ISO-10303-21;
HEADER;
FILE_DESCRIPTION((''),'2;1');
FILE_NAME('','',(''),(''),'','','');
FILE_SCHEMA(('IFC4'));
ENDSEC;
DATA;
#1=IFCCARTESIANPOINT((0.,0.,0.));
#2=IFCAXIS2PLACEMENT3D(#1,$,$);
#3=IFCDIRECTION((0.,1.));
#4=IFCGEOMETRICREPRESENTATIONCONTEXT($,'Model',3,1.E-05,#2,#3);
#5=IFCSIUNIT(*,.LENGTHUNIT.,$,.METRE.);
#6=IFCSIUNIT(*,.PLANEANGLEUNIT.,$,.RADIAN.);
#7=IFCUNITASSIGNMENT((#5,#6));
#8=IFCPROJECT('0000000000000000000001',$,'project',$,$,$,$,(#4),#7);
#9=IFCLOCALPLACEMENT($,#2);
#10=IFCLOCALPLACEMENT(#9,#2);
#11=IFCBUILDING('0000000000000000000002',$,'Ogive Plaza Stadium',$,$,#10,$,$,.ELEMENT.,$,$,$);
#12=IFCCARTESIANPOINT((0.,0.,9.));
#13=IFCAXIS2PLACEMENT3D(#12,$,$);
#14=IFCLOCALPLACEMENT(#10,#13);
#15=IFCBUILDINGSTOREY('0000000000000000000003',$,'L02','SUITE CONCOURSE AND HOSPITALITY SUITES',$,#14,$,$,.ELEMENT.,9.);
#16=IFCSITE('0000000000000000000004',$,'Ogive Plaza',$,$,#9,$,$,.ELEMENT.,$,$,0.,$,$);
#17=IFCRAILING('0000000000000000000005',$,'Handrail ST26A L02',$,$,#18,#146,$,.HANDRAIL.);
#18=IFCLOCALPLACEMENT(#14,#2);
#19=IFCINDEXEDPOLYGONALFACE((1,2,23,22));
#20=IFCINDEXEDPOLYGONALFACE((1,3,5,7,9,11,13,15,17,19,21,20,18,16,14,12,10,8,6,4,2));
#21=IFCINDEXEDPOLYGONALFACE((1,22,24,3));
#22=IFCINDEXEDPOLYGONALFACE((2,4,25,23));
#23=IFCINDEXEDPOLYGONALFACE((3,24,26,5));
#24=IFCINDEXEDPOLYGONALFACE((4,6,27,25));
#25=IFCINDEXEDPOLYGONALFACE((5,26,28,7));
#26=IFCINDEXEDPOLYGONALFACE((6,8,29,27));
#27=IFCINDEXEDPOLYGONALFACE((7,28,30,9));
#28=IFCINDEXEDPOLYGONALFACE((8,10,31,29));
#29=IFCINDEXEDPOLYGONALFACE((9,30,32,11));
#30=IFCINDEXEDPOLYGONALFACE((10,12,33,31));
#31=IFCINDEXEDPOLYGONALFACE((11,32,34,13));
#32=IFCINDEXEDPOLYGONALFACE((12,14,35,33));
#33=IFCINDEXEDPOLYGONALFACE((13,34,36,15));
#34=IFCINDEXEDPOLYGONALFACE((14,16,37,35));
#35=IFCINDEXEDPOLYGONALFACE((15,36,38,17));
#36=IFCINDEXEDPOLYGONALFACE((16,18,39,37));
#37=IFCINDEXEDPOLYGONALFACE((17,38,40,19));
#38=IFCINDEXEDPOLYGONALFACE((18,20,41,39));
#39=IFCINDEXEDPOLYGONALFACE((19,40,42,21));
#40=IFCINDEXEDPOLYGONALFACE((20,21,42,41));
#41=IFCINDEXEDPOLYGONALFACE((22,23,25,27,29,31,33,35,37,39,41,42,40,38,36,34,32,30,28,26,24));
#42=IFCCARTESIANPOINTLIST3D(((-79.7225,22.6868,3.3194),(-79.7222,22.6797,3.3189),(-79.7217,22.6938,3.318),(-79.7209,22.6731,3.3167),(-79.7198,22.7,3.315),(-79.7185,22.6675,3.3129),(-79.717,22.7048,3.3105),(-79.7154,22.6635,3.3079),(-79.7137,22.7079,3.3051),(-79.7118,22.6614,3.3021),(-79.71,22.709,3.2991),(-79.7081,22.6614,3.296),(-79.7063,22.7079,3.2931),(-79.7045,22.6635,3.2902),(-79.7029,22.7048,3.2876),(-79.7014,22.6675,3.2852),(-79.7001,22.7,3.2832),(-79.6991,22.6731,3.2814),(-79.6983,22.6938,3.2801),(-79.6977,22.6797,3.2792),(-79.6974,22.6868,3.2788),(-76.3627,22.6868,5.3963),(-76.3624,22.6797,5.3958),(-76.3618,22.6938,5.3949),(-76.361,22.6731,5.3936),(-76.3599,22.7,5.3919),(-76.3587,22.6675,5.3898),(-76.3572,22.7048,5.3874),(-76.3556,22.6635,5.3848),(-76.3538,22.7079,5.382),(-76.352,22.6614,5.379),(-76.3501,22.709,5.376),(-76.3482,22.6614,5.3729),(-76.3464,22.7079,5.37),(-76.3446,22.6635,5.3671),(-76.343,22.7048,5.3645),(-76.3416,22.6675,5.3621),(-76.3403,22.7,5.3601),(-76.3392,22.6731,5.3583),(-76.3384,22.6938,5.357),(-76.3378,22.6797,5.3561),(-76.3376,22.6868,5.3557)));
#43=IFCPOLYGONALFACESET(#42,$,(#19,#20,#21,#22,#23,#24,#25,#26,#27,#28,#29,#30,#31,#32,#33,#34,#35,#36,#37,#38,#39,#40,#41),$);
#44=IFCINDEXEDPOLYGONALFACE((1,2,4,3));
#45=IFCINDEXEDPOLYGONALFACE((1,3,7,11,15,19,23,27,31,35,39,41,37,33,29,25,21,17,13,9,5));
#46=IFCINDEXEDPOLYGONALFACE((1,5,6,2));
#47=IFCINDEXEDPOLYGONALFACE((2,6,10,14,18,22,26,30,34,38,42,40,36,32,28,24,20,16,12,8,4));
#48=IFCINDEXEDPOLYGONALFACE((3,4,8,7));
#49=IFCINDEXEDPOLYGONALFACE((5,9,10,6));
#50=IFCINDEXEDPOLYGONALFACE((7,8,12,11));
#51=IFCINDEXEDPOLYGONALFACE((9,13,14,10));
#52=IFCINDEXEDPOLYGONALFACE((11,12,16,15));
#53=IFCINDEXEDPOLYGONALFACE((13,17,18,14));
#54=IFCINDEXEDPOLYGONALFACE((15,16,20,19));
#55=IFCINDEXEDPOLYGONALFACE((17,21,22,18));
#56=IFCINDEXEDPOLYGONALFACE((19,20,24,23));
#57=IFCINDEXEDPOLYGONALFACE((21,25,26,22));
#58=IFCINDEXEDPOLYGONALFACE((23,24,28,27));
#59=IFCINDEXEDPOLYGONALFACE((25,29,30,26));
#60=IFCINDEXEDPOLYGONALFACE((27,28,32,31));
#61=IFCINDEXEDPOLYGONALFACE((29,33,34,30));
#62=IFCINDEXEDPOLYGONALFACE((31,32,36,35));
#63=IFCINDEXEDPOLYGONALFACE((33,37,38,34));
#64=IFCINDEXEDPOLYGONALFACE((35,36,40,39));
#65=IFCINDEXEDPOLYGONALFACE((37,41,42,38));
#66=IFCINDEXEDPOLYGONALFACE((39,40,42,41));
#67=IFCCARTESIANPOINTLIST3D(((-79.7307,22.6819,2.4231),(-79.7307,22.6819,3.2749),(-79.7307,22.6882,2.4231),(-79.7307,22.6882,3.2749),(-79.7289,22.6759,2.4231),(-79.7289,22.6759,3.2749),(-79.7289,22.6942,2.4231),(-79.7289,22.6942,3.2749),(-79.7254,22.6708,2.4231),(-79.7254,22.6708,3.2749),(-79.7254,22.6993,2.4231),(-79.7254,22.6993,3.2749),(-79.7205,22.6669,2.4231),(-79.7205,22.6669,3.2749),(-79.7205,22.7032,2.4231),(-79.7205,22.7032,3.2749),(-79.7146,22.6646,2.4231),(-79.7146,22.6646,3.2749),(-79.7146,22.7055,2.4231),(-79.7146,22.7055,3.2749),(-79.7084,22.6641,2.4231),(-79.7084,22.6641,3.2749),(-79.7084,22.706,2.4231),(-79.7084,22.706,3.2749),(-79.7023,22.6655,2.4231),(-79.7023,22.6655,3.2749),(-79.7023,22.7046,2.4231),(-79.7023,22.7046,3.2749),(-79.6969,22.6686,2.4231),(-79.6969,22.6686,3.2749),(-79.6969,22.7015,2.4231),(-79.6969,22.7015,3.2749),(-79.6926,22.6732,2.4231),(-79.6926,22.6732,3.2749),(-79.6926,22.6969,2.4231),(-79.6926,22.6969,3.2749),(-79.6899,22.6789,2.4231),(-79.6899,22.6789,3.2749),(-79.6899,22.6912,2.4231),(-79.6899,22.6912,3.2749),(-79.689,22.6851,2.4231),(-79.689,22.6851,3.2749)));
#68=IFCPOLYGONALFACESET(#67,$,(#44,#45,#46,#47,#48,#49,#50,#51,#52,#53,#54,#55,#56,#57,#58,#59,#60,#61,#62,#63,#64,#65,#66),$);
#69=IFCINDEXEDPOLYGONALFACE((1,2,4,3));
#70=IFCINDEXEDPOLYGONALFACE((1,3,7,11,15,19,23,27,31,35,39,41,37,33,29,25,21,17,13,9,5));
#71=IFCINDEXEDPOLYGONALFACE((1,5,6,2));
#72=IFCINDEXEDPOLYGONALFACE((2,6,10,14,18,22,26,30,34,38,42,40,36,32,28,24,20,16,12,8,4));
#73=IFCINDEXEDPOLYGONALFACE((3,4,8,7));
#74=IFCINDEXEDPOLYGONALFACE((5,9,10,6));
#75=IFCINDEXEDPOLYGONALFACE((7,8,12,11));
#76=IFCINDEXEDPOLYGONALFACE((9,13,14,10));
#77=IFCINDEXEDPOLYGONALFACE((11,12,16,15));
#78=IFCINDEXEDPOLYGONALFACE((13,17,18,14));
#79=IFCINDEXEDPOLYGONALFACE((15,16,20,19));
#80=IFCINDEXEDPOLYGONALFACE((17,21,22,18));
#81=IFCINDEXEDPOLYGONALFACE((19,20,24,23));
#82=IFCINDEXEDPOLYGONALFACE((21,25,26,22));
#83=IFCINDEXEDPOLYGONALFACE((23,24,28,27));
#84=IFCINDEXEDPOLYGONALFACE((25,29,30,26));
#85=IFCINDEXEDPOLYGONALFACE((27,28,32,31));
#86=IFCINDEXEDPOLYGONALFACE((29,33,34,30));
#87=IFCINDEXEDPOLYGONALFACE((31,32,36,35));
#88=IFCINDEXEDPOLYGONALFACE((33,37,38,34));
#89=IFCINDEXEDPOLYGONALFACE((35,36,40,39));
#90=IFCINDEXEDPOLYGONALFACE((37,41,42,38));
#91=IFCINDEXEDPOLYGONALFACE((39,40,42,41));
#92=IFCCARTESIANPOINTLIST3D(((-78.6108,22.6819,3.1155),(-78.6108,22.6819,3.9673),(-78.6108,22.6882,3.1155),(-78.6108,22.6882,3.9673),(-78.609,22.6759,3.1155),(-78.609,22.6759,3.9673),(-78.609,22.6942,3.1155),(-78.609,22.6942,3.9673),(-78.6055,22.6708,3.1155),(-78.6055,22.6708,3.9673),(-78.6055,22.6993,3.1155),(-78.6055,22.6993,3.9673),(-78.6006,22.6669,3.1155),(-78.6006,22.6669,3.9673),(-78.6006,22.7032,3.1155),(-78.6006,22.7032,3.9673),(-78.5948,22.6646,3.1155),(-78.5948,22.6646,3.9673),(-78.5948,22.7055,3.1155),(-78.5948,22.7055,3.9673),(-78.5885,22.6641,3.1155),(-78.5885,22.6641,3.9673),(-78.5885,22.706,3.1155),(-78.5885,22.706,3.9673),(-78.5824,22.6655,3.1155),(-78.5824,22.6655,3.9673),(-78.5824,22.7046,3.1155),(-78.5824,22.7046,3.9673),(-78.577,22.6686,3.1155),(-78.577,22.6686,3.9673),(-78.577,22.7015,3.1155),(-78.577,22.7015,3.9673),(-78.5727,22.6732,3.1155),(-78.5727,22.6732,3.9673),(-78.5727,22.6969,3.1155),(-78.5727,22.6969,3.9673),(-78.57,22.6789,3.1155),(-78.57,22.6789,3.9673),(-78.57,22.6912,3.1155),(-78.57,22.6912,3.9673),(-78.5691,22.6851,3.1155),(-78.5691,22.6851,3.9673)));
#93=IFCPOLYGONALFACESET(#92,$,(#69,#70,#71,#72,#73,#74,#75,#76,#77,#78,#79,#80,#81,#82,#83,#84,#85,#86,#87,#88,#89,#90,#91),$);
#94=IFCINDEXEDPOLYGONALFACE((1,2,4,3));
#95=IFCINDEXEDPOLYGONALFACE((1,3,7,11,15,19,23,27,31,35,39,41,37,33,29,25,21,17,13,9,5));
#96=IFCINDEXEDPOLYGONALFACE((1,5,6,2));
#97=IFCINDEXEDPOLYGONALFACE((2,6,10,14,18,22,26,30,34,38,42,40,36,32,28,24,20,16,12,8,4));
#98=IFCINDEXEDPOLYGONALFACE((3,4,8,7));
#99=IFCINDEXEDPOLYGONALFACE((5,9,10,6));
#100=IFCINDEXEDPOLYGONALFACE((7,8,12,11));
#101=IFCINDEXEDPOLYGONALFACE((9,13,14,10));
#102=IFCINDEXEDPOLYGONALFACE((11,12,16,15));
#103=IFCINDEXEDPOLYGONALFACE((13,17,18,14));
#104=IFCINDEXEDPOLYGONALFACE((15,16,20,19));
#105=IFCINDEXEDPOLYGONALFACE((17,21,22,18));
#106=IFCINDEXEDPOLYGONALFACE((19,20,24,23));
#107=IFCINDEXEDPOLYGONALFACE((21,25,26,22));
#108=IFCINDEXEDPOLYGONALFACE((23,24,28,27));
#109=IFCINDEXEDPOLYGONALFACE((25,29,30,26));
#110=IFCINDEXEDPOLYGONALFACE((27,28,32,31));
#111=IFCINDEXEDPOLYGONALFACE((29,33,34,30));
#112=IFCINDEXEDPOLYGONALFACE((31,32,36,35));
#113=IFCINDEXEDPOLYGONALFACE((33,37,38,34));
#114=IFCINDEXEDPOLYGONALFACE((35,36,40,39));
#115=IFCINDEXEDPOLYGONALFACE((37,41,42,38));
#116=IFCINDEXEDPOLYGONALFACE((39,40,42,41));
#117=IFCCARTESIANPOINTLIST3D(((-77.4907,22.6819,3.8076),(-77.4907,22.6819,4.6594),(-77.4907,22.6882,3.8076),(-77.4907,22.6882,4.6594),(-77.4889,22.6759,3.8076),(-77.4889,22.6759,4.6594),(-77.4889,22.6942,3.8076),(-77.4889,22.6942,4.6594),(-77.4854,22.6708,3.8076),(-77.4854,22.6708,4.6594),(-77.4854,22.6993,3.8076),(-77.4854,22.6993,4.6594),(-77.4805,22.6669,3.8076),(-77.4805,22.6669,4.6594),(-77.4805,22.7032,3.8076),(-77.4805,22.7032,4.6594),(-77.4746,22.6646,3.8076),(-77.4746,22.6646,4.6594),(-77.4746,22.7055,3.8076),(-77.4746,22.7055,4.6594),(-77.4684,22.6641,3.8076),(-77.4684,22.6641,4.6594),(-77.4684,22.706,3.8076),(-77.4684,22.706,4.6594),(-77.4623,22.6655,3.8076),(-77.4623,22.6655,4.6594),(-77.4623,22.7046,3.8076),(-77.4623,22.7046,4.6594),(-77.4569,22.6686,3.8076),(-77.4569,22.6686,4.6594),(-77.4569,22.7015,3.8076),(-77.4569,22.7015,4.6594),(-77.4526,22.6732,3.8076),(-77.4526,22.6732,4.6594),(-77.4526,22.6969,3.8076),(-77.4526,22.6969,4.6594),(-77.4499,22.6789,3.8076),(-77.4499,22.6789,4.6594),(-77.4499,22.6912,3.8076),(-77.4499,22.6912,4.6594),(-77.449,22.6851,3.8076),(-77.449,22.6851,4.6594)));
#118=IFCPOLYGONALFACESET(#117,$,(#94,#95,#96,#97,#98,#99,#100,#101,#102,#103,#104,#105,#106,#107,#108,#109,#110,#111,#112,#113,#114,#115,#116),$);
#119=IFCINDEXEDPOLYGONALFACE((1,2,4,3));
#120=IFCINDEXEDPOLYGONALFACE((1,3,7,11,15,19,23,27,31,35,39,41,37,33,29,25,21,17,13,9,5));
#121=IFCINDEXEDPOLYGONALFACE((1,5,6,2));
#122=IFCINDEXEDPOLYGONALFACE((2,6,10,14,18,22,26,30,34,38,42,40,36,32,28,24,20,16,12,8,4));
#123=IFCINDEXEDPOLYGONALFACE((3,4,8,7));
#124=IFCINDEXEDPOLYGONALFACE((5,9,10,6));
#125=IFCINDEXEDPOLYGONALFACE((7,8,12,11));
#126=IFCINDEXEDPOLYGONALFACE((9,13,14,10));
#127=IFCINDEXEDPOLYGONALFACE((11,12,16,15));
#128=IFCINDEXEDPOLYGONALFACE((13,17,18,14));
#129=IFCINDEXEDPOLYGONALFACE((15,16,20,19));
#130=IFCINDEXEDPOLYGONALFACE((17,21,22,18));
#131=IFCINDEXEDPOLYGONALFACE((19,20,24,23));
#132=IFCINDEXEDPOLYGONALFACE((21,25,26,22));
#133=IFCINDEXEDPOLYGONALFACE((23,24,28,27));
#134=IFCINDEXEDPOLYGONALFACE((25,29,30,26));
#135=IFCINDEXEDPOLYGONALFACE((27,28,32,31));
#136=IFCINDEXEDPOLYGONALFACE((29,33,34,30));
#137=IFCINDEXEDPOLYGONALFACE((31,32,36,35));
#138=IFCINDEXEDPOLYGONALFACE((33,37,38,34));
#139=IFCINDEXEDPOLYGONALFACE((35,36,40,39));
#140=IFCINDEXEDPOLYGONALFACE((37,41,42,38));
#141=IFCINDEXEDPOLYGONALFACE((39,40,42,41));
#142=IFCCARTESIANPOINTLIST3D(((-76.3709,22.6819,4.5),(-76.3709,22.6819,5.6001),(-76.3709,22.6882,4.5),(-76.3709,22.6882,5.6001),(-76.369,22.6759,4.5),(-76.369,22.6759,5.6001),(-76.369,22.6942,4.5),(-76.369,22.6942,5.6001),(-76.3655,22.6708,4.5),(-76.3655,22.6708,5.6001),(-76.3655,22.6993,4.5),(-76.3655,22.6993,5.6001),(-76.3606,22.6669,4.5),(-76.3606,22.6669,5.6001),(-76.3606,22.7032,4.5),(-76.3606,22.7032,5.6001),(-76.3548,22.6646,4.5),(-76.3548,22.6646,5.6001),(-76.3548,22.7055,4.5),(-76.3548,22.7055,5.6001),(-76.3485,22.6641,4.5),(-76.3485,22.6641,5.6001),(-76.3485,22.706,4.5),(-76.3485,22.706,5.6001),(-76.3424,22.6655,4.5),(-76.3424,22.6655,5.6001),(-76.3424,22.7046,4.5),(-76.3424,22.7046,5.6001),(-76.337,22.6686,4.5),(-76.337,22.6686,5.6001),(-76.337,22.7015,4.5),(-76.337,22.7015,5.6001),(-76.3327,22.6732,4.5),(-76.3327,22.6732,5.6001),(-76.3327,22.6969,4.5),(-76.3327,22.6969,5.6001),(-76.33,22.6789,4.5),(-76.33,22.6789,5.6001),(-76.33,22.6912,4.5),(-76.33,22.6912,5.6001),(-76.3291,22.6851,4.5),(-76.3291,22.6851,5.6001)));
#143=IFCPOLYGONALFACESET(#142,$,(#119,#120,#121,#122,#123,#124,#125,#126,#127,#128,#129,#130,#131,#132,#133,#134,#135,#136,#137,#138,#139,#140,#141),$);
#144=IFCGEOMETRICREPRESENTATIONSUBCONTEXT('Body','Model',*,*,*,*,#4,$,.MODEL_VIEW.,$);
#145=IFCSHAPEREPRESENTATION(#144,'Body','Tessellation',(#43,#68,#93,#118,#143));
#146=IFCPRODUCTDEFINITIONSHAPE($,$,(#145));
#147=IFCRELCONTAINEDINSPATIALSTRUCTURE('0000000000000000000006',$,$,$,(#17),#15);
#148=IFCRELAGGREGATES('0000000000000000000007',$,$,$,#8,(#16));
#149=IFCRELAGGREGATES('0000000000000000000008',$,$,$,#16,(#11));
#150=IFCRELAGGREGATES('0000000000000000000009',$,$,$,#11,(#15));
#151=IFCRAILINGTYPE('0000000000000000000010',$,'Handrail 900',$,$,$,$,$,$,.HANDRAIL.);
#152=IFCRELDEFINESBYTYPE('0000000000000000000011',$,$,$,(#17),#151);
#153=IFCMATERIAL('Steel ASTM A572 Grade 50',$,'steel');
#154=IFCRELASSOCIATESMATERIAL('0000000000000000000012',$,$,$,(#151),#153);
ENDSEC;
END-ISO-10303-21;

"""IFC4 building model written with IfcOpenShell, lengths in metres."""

from ifc_helpers import new_model, si_unit, direction, frame, origin, origin_2d, place, context, subcontext, project, spatial, circle, extrude, material, type_object, element, save


model = new_model("IFC4")

# Units and contexts
model_context = context("Model", 3, precision=1e-05, world=origin(), true_north=direction((0.0, 1.0)))
body_context = subcontext(model_context, "Body", "Model", "MODEL_VIEW")
ifc_project = project(units=[si_unit("LENGTHUNIT", "METRE"), si_unit("PLANEANGLEUNIT", "RADIAN")], contexts=[model_context])

# Site, building, storey
site_placement = place(None, origin())
site = spatial("IfcSite", under=ifc_project, at=site_placement, Name="Ogive Plaza", CompositionType="ELEMENT", RefElevation=0.0)
building_placement = place(site_placement, origin())
building = spatial("IfcBuilding", under=site, at=building_placement, Name="Ogive Plaza Stadium", CompositionType="ELEMENT")
storey_placement = place(building_placement, frame((0.0, 0.0, 9.0)))
storey = spatial("IfcBuildingStorey", under=building, at=storey_placement, Name="L02", Description="SUITE CONCOURSE AND HOSPITALITY SUITES", CompositionType="ELEMENT", Elevation=9.0)

# Railing
ifc_material_1 = material(Name="Steel ASTM A572 Grade 50", Category="steel")
railing_type_1 = type_object("IfcRailingType", Name="Handrail 900", PredefinedType="HANDRAIL", material=ifc_material_1)
railing_1_placement = place(storey_placement, frame((-79.71, 22.6851, 2.4231)))
element("IfcRailing", 1, at=railing_1_placement, inside=storey, type_object=railing_type_1, Name="Handrail ST26A L02", PredefinedType="HANDRAIL", context=body_context, shape_type="SweptSolid", body=[
    extrude(circle(Radius=0.0239, at=origin_2d()), frame((0.0, 0.0, 0.876), z_axis=(0.850606, 0.0, 0.525803), x_axis=(0.0, 1.0, 0.0)), (0.0, 0.0, 1.0), 3.95),
    extrude(circle(Radius=0.021, at=origin_2d()), origin(), (0.0, 0.0, 1.0), 0.8518),
    extrude(circle(Radius=0.021, at=origin_2d()), frame((1.1199, 0.0, 0.6924)), (0.0, 0.0, 1.0), 0.8518),
    extrude(circle(Radius=0.021, at=origin_2d()), frame((2.24, 0.0, 1.3845)), (0.0, 0.0, 1.0), 0.8518),
    extrude(circle(Radius=0.021, at=origin_2d()), frame((3.3599, 0.0, 2.0769)), (0.0, 0.0, 1.0), 1.1001),
])

save(model, "model.ifc")
